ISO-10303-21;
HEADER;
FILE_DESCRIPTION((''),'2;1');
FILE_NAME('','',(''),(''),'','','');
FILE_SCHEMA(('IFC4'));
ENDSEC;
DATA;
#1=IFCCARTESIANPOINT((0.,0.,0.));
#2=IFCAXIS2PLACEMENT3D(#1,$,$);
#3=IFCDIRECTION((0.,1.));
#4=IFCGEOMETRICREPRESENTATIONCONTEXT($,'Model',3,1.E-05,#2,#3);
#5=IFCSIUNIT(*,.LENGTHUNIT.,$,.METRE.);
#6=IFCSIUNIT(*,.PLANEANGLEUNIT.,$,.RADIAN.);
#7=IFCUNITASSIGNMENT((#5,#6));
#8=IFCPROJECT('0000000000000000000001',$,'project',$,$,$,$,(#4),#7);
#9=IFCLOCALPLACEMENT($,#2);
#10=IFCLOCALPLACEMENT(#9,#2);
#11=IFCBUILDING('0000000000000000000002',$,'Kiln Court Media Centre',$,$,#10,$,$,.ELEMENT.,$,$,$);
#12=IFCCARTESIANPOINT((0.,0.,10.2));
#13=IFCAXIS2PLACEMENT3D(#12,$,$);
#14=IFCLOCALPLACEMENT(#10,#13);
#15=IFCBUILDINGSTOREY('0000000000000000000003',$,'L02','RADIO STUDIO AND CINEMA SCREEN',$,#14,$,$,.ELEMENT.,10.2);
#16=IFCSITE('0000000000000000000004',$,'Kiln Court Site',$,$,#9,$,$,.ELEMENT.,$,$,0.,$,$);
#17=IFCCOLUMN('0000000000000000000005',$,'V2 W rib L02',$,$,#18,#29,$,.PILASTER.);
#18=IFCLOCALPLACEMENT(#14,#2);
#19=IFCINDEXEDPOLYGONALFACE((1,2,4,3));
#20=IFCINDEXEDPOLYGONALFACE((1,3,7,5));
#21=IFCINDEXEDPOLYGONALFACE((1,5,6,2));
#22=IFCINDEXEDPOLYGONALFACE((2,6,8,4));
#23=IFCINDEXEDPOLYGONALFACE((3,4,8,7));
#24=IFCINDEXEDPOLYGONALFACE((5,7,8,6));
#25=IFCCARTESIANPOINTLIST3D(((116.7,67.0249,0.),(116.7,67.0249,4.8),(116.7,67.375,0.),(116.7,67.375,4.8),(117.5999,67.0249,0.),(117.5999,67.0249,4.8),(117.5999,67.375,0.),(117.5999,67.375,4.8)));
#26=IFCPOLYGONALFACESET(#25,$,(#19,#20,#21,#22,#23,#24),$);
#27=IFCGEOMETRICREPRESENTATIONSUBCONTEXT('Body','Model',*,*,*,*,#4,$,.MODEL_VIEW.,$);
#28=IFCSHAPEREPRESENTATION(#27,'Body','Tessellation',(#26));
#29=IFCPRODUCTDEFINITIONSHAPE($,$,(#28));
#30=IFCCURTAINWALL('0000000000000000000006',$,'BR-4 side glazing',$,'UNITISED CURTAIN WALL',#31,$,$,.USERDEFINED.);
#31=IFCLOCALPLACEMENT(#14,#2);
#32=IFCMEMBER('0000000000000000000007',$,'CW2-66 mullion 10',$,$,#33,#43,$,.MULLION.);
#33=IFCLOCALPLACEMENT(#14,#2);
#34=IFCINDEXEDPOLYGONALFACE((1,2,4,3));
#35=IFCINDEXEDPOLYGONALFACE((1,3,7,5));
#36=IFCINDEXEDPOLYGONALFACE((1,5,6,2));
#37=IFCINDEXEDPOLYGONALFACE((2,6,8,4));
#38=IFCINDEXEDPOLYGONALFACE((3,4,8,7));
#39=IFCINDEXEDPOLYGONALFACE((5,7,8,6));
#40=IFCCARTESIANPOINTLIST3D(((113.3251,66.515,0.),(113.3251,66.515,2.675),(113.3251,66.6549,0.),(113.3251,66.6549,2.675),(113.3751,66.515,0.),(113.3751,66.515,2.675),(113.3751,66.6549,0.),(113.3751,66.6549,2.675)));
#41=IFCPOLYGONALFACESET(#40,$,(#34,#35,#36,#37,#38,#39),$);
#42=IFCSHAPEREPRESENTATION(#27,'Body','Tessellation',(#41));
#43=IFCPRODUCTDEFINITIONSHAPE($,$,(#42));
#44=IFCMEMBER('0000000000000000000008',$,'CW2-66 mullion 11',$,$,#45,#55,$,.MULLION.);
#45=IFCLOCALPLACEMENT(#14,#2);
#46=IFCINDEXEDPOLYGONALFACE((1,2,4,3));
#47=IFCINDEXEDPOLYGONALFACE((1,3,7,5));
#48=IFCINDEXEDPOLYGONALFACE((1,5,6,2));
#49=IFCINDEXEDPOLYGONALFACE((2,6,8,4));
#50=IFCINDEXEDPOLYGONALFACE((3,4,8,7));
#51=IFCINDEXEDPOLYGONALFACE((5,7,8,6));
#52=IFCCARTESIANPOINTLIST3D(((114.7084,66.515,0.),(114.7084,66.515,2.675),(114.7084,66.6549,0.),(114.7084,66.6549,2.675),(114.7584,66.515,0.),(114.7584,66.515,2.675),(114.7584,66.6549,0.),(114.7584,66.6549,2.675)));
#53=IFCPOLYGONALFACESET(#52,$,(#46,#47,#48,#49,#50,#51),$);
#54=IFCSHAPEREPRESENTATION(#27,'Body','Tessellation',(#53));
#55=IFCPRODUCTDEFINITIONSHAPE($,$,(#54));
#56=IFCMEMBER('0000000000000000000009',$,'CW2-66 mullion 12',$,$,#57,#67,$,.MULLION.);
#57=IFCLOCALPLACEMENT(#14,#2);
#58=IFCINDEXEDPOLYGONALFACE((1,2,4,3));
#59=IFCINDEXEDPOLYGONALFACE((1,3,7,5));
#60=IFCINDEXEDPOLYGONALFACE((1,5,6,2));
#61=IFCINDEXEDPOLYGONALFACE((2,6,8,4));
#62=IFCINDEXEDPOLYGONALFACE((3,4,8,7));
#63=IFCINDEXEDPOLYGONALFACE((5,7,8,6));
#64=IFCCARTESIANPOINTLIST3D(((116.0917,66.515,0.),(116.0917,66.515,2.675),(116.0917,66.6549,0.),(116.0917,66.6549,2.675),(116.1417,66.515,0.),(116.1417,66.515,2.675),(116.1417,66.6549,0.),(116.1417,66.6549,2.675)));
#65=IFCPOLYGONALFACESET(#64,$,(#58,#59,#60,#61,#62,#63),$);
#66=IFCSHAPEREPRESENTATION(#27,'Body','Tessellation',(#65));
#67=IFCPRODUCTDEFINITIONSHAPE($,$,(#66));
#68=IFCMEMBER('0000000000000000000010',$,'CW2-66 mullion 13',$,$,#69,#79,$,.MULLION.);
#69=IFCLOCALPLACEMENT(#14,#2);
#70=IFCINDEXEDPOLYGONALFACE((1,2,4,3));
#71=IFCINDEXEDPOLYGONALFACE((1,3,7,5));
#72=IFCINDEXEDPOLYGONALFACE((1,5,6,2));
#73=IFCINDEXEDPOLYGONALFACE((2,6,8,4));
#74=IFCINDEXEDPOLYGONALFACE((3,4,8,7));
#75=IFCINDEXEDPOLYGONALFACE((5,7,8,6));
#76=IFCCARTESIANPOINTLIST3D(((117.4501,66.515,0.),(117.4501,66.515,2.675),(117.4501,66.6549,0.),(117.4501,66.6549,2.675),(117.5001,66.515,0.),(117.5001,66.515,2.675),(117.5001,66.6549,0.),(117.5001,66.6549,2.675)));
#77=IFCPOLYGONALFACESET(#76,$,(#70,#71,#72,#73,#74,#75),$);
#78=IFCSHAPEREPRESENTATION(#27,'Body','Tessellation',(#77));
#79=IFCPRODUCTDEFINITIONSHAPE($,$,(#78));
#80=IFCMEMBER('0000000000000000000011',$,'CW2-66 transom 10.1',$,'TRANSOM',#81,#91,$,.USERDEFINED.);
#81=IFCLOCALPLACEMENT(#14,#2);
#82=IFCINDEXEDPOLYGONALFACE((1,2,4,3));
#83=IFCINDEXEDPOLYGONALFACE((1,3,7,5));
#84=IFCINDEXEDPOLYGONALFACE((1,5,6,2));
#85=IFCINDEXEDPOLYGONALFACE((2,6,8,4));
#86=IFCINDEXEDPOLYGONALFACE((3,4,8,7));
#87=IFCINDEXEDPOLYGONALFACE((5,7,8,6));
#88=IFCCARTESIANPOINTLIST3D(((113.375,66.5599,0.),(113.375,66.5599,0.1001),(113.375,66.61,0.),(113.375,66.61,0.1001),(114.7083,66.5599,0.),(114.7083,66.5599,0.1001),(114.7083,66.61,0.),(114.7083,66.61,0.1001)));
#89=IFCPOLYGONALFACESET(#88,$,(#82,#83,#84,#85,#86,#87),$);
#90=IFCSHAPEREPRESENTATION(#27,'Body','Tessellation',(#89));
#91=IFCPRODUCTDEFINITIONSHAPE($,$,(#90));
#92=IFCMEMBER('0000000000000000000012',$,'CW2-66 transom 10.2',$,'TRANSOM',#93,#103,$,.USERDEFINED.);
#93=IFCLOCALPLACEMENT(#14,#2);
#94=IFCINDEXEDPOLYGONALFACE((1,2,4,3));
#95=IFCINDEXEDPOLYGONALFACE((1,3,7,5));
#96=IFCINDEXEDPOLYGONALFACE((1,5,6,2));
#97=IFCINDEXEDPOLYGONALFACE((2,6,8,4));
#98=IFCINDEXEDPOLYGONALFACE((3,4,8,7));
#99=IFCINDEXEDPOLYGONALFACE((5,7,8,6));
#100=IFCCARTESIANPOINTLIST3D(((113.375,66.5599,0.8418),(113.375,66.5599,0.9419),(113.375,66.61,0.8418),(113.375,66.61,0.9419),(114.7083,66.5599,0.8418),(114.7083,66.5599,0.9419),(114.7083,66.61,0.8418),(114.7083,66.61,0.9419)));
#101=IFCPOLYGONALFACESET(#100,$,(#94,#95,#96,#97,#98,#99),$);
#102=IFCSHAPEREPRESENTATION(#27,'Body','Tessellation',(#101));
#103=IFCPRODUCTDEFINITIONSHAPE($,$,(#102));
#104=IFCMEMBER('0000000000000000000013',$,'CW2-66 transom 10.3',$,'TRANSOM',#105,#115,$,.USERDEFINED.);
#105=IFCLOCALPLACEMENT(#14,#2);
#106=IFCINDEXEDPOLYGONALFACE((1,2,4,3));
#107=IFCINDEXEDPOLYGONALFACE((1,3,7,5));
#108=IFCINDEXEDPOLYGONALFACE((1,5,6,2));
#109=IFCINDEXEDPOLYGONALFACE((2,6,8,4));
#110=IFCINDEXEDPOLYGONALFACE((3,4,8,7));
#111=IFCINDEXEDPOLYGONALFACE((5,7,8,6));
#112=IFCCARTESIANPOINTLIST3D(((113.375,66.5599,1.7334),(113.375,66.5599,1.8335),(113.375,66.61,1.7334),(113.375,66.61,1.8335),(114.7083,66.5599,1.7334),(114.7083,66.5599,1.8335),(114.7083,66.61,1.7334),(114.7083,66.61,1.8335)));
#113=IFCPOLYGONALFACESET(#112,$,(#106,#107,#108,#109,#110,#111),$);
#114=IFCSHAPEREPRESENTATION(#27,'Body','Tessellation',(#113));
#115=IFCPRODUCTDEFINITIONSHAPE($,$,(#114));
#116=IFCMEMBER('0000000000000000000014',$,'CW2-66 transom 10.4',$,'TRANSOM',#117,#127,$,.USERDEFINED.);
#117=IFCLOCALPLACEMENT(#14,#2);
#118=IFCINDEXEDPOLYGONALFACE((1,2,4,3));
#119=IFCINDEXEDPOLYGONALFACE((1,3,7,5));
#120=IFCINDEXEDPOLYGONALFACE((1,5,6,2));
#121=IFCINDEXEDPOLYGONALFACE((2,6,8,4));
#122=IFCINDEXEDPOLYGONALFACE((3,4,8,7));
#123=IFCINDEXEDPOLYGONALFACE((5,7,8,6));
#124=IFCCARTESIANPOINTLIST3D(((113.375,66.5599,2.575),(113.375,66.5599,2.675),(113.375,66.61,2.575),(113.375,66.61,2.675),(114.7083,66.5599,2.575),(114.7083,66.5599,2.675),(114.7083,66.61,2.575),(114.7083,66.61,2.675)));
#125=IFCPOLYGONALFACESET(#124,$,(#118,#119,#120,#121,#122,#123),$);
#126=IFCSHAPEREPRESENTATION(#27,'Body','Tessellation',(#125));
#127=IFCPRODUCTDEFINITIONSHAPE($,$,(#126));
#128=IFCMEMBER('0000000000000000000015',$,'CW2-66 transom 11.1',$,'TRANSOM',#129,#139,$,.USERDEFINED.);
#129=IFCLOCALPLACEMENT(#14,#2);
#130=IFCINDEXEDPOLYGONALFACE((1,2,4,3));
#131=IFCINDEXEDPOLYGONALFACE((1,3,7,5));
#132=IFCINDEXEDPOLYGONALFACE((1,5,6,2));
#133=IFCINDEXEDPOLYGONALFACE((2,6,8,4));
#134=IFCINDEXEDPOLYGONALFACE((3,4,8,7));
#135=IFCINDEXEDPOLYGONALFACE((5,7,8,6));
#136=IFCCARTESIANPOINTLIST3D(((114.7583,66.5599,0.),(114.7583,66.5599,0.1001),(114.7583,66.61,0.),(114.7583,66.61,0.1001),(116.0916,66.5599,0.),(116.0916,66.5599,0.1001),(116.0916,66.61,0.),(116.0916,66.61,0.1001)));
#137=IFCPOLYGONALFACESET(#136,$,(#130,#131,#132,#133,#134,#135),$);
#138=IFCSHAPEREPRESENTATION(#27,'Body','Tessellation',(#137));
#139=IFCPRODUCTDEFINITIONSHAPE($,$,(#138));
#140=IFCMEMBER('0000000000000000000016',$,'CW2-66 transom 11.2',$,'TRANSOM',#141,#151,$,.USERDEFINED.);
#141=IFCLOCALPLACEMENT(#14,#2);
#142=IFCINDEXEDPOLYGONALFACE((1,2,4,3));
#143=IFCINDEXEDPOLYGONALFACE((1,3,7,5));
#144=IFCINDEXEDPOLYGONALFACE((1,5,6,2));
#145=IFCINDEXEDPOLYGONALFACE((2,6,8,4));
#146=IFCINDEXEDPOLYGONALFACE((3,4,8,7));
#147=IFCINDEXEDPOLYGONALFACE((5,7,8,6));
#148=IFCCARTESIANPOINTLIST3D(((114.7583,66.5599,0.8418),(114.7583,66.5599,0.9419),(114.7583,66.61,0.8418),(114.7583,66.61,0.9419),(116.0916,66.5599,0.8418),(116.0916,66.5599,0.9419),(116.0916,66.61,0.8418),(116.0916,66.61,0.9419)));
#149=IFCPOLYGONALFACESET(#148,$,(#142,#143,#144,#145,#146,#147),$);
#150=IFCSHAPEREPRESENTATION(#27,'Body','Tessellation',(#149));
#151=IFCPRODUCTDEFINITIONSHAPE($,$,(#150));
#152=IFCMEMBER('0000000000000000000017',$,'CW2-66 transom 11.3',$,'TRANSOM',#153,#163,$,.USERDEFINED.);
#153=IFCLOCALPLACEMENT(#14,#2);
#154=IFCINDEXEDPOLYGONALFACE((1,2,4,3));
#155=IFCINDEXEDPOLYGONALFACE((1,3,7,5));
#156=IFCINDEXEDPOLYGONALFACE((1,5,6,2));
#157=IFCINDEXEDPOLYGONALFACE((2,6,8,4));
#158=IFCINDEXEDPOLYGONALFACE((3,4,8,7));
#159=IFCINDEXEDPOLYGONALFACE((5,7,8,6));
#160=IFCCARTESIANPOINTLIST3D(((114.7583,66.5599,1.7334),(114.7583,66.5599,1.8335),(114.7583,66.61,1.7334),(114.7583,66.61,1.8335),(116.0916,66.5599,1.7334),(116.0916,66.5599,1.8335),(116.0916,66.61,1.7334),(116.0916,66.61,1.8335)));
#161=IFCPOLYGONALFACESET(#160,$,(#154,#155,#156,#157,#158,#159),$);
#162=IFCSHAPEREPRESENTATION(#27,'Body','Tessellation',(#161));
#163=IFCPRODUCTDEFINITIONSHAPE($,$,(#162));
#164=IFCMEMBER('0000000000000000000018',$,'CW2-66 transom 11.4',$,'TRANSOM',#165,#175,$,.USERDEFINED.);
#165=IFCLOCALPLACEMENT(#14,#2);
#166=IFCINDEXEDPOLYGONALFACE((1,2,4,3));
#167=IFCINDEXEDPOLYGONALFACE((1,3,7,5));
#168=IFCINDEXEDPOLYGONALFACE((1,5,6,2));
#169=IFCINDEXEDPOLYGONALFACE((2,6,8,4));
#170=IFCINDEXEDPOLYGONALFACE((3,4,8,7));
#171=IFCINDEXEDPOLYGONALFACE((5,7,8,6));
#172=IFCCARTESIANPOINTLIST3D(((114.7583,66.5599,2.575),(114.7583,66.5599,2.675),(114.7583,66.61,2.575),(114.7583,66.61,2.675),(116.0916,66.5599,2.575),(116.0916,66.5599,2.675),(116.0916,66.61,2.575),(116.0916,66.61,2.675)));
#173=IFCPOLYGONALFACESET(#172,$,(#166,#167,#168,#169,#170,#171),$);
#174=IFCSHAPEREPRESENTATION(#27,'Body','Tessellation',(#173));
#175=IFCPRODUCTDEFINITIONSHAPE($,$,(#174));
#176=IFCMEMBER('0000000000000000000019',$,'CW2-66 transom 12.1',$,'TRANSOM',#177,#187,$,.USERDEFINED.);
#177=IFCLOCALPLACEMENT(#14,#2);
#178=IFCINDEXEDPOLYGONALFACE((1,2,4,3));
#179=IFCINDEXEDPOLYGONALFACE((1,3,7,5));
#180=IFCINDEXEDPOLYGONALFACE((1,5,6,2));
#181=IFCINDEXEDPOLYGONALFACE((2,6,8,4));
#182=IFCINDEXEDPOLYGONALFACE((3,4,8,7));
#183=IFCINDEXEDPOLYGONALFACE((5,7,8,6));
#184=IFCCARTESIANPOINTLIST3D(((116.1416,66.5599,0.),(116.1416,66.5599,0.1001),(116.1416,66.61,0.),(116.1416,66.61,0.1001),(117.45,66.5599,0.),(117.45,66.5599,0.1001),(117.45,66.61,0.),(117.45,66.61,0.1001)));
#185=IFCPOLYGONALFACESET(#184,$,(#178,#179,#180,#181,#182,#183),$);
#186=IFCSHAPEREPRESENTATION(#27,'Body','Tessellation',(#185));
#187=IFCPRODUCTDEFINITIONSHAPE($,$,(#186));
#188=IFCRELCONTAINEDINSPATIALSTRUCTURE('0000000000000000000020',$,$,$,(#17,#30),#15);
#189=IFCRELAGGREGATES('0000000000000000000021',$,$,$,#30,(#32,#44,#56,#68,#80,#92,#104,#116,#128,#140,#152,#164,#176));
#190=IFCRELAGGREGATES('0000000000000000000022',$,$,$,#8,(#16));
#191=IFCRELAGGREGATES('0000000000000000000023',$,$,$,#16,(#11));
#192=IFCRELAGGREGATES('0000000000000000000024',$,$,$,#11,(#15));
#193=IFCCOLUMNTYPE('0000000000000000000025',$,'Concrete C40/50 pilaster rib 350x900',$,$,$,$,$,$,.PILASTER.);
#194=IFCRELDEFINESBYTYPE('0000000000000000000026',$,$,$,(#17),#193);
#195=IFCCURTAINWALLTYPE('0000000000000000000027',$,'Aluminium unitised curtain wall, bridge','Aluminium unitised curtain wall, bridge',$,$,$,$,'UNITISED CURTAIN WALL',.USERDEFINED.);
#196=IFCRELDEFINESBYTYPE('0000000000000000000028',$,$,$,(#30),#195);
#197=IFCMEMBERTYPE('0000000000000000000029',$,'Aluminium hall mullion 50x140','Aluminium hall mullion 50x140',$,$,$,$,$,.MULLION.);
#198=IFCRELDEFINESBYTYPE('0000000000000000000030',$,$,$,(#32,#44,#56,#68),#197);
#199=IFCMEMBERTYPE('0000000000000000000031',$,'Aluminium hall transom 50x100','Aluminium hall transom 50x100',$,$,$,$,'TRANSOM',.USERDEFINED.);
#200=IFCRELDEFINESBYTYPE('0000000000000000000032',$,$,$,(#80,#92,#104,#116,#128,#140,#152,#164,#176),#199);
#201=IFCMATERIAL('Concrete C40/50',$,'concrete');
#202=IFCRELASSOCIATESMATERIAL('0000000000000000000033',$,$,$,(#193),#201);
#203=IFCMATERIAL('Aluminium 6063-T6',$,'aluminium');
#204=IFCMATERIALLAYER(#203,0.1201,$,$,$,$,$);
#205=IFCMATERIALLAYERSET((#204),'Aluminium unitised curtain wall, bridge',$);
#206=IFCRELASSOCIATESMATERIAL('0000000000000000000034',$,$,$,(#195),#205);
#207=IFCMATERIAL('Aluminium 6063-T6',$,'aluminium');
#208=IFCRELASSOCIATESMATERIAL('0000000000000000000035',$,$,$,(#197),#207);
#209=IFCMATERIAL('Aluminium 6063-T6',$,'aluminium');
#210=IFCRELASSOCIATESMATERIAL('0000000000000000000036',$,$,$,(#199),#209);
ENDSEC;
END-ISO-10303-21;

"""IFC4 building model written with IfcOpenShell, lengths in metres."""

from ifc_helpers import new_model, si_unit, direction, frame, origin, origin_2d, place, context, subcontext, project, spatial, rectangle, extrude, material, layer, layer_set, material_profile, profile_set, type_object, element, aggregate, save


model = new_model("IFC4")

# Units and contexts
model_context = context("Model", 3, precision=1e-05, world=origin(), true_north=direction((0.0, 1.0)))
body_context = subcontext(model_context, "Body", "Model", "MODEL_VIEW")
ifc_project = project(units=[si_unit("LENGTHUNIT", "METRE"), si_unit("PLANEANGLEUNIT", "RADIAN")], contexts=[model_context])

# Site, building, storey
site_placement = place(None, origin())
site = spatial("IfcSite", under=ifc_project, at=site_placement, Name="Kiln Court Site", CompositionType="ELEMENT", RefElevation=0.0)
building_placement = place(site_placement, origin())
building = spatial("IfcBuilding", under=site, at=building_placement, Name="Kiln Court Media Centre", CompositionType="ELEMENT")
storey_placement = place(building_placement, frame((0.0, 0.0, 10.2)))
storey = spatial("IfcBuildingStorey", under=building, at=storey_placement, Name="L02", Description="RADIO STUDIO AND CINEMA SCREEN", CompositionType="ELEMENT", Elevation=10.2)

# Column
ifc_material_1 = material(Name="Concrete C40/50", Category="concrete")
ifc_material_profile_1 = material_profile(ifc_material_1, rectangle(XDim=0.3501, YDim=0.8999, at=origin_2d()), Name="RC 350x900")
ifc_profile_set_1 = profile_set([ifc_material_profile_1], Name="Concrete C40/50")
column_type = type_object("IfcColumnType", Name="Concrete C40/50 pilaster rib 350x900", PredefinedType="PILASTER", material=ifc_profile_set_1)
column_placement = place(storey_placement, frame((117.1499, 67.2, 0.0), z_axis=(0.0, 0.0, 1.0), x_axis=(0.0, 1.0, 0.0)))
element("IfcColumn", 1, at=column_placement, inside=storey, type_object=column_type, Name="V2 W rib L02", PredefinedType="PILASTER", context=body_context, shape_type="SweptSolid", body=[
    extrude(rectangle(XDim=0.3501, YDim=0.8999, at=origin_2d()), origin(), (0.0, 0.0, 1.0), 4.8),
])

# Curtain wall, members
ifc_material_2 = material(Name="Aluminium 6063-T6", Category="aluminium")
ifc_layer_1 = layer(ifc_material_2, 0.1201)
ifc_layer_set_1 = layer_set([ifc_layer_1], Name="Aluminium unitised curtain wall, bridge")
curtain_wall_type = type_object("IfcCurtainWallType", Name="Aluminium unitised curtain wall, bridge", Description="Aluminium unitised curtain wall, bridge", ElementType="UNITISED CURTAIN WALL", PredefinedType="USERDEFINED", material=ifc_layer_set_1)
curtain_wall_placement = place(storey_placement, origin())
curtain_wall = element("IfcCurtainWall", 2, at=curtain_wall_placement, inside=storey, type_object=curtain_wall_type, Name="BR-4 side glazing", ObjectType="UNITISED CURTAIN WALL", PredefinedType="USERDEFINED")
ifc_material_3 = material(Name="Aluminium 6063-T6", Category="aluminium")
ifc_material_profile_2 = material_profile(ifc_material_3, rectangle(XDim=0.05, YDim=0.1399, at=origin_2d()), Name="Aluminium hall mullion 50x140")
ifc_profile_set_2 = profile_set([ifc_material_profile_2], Name="Aluminium 6063-T6")
member_type_1 = type_object("IfcMemberType", Name="Aluminium hall mullion 50x140", Description="Aluminium hall mullion 50x140", PredefinedType="MULLION", material=ifc_profile_set_2)
member_1_placement = place(storey_placement, frame((113.3501, 66.585, 0.0), z_axis=(0.0, 0.0, 1.0), x_axis=(1.0, 0.0, 0.0)))
member_1 = element("IfcMember", 3, at=member_1_placement, type_object=member_type_1, Name="CW2-66 mullion 10", PredefinedType="MULLION", context=body_context, shape_type="SweptSolid", body=[
    extrude(rectangle(XDim=0.05, YDim=0.1399, at=origin_2d()), origin(), (0.0, 0.0, 1.0), 2.675),
])
member_2_placement = place(storey_placement, frame((114.7334, 66.585, 0.0), z_axis=(0.0, 0.0, 1.0), x_axis=(1.0, 0.0, 0.0)))
member_2 = element("IfcMember", 4, at=member_2_placement, type_object=member_type_1, Name="CW2-66 mullion 11", PredefinedType="MULLION", context=body_context, shape_type="SweptSolid", body=[
    extrude(rectangle(XDim=0.05, YDim=0.1399, at=origin_2d()), origin(), (0.0, 0.0, 1.0), 2.675),
])
member_3_placement = place(storey_placement, frame((116.1167, 66.585, 0.0), z_axis=(0.0, 0.0, 1.0), x_axis=(1.0, 0.0, 0.0)))
member_3 = element("IfcMember", 5, at=member_3_placement, type_object=member_type_1, Name="CW2-66 mullion 12", PredefinedType="MULLION", context=body_context, shape_type="SweptSolid", body=[
    extrude(rectangle(XDim=0.05, YDim=0.1399, at=origin_2d()), origin(), (0.0, 0.0, 1.0), 2.675),
])
member_4_placement = place(storey_placement, frame((117.4751, 66.585, 0.0), z_axis=(0.0, 0.0, 1.0), x_axis=(1.0, 0.0, 0.0)))
member_4 = element("IfcMember", 6, at=member_4_placement, type_object=member_type_1, Name="CW2-66 mullion 13", PredefinedType="MULLION", context=body_context, shape_type="SweptSolid", body=[
    extrude(rectangle(XDim=0.05, YDim=0.1399, at=origin_2d()), origin(), (0.0, 0.0, 1.0), 2.675),
])
ifc_material_4 = material(Name="Aluminium 6063-T6", Category="aluminium")
ifc_material_profile_3 = material_profile(ifc_material_4, rectangle(XDim=0.05, YDim=0.1001, at=origin_2d()), Name="Aluminium hall transom 50x100")
ifc_profile_set_3 = profile_set([ifc_material_profile_3], Name="Aluminium 6063-T6")
member_type_2 = type_object("IfcMemberType", Name="Aluminium hall transom 50x100", Description="Aluminium hall transom 50x100", ElementType="TRANSOM", PredefinedType="USERDEFINED", material=ifc_profile_set_3)
member_5_placement = place(storey_placement, frame((113.375, 66.585, 0.05), z_axis=(1.0, 0.0, 0.0), x_axis=(0.0, 1.0, 0.0)))
member_5 = element("IfcMember", 7, at=member_5_placement, type_object=member_type_2, Name="CW2-66 transom 10.1", ObjectType="TRANSOM", PredefinedType="USERDEFINED", context=body_context, shape_type="SweptSolid", body=[
    extrude(rectangle(XDim=0.05, YDim=0.1001, at=origin_2d()), origin(), (0.0, 0.0, 1.0), 1.3333),
])
member_6_placement = place(storey_placement, frame((113.375, 66.585, 0.8918), z_axis=(1.0, 0.0, 0.0), x_axis=(0.0, 1.0, 0.0)))
member_6 = element("IfcMember", 8, at=member_6_placement, type_object=member_type_2, Name="CW2-66 transom 10.2", ObjectType="TRANSOM", PredefinedType="USERDEFINED", context=body_context, shape_type="SweptSolid", body=[
    extrude(rectangle(XDim=0.05, YDim=0.1001, at=origin_2d()), origin(), (0.0, 0.0, 1.0), 1.3333),
])
member_7_placement = place(storey_placement, frame((113.375, 66.585, 1.7834), z_axis=(1.0, 0.0, 0.0), x_axis=(0.0, 1.0, 0.0)))
member_7 = element("IfcMember", 9, at=member_7_placement, type_object=member_type_2, Name="CW2-66 transom 10.3", ObjectType="TRANSOM", PredefinedType="USERDEFINED", context=body_context, shape_type="SweptSolid", body=[
    extrude(rectangle(XDim=0.05, YDim=0.1001, at=origin_2d()), origin(), (0.0, 0.0, 1.0), 1.3333),
])
member_8_placement = place(storey_placement, frame((113.375, 66.585, 2.625), z_axis=(1.0, 0.0, 0.0), x_axis=(0.0, 1.0, 0.0)))
member_8 = element("IfcMember", 10, at=member_8_placement, type_object=member_type_2, Name="CW2-66 transom 10.4", ObjectType="TRANSOM", PredefinedType="USERDEFINED", context=body_context, shape_type="SweptSolid", body=[
    extrude(rectangle(XDim=0.05, YDim=0.1001, at=origin_2d()), origin(), (0.0, 0.0, 1.0), 1.3333),
])
member_9_placement = place(storey_placement, frame((114.7583, 66.585, 0.05), z_axis=(1.0, 0.0, 0.0), x_axis=(0.0, 1.0, 0.0)))
member_9 = element("IfcMember", 11, at=member_9_placement, type_object=member_type_2, Name="CW2-66 transom 11.1", ObjectType="TRANSOM", PredefinedType="USERDEFINED", context=body_context, shape_type="SweptSolid", body=[
    extrude(rectangle(XDim=0.05, YDim=0.1001, at=origin_2d()), origin(), (0.0, 0.0, 1.0), 1.3333),
])
member_10_placement = place(storey_placement, frame((114.7583, 66.585, 0.8918), z_axis=(1.0, 0.0, 0.0), x_axis=(0.0, 1.0, 0.0)))
member_10 = element("IfcMember", 12, at=member_10_placement, type_object=member_type_2, Name="CW2-66 transom 11.2", ObjectType="TRANSOM", PredefinedType="USERDEFINED", context=body_context, shape_type="SweptSolid", body=[
    extrude(rectangle(XDim=0.05, YDim=0.1001, at=origin_2d()), origin(), (0.0, 0.0, 1.0), 1.3333),
])
member_11_placement = place(storey_placement, frame((114.7583, 66.585, 1.7834), z_axis=(1.0, 0.0, 0.0), x_axis=(0.0, 1.0, 0.0)))
member_11 = element("IfcMember", 13, at=member_11_placement, type_object=member_type_2, Name="CW2-66 transom 11.3", ObjectType="TRANSOM", PredefinedType="USERDEFINED", context=body_context, shape_type="SweptSolid", body=[
    extrude(rectangle(XDim=0.05, YDim=0.1001, at=origin_2d()), origin(), (0.0, 0.0, 1.0), 1.3333),
])
member_12_placement = place(storey_placement, frame((114.7583, 66.585, 2.625), z_axis=(1.0, 0.0, 0.0), x_axis=(0.0, 1.0, 0.0)))
member_12 = element("IfcMember", 14, at=member_12_placement, type_object=member_type_2, Name="CW2-66 transom 11.4", ObjectType="TRANSOM", PredefinedType="USERDEFINED", context=body_context, shape_type="SweptSolid", body=[
    extrude(rectangle(XDim=0.05, YDim=0.1001, at=origin_2d()), origin(), (0.0, 0.0, 1.0), 1.3333),
])
member_13_placement = place(storey_placement, frame((116.1416, 66.585, 0.05), z_axis=(1.0, 0.0, 0.0), x_axis=(0.0, 1.0, 0.0)))
member_13 = element("IfcMember", 15, at=member_13_placement, type_object=member_type_2, Name="CW2-66 transom 12.1", ObjectType="TRANSOM", PredefinedType="USERDEFINED", context=body_context, shape_type="SweptSolid", body=[
    extrude(rectangle(XDim=0.05, YDim=0.1001, at=origin_2d()), origin(), (0.0, 0.0, 1.0), 1.3083),
])

aggregate(curtain_wall, [member_1, member_2, member_3, member_4, member_5, member_6, member_7, member_8, member_9, member_10, member_11, member_12, member_13])

save(model, "model.ifc")
